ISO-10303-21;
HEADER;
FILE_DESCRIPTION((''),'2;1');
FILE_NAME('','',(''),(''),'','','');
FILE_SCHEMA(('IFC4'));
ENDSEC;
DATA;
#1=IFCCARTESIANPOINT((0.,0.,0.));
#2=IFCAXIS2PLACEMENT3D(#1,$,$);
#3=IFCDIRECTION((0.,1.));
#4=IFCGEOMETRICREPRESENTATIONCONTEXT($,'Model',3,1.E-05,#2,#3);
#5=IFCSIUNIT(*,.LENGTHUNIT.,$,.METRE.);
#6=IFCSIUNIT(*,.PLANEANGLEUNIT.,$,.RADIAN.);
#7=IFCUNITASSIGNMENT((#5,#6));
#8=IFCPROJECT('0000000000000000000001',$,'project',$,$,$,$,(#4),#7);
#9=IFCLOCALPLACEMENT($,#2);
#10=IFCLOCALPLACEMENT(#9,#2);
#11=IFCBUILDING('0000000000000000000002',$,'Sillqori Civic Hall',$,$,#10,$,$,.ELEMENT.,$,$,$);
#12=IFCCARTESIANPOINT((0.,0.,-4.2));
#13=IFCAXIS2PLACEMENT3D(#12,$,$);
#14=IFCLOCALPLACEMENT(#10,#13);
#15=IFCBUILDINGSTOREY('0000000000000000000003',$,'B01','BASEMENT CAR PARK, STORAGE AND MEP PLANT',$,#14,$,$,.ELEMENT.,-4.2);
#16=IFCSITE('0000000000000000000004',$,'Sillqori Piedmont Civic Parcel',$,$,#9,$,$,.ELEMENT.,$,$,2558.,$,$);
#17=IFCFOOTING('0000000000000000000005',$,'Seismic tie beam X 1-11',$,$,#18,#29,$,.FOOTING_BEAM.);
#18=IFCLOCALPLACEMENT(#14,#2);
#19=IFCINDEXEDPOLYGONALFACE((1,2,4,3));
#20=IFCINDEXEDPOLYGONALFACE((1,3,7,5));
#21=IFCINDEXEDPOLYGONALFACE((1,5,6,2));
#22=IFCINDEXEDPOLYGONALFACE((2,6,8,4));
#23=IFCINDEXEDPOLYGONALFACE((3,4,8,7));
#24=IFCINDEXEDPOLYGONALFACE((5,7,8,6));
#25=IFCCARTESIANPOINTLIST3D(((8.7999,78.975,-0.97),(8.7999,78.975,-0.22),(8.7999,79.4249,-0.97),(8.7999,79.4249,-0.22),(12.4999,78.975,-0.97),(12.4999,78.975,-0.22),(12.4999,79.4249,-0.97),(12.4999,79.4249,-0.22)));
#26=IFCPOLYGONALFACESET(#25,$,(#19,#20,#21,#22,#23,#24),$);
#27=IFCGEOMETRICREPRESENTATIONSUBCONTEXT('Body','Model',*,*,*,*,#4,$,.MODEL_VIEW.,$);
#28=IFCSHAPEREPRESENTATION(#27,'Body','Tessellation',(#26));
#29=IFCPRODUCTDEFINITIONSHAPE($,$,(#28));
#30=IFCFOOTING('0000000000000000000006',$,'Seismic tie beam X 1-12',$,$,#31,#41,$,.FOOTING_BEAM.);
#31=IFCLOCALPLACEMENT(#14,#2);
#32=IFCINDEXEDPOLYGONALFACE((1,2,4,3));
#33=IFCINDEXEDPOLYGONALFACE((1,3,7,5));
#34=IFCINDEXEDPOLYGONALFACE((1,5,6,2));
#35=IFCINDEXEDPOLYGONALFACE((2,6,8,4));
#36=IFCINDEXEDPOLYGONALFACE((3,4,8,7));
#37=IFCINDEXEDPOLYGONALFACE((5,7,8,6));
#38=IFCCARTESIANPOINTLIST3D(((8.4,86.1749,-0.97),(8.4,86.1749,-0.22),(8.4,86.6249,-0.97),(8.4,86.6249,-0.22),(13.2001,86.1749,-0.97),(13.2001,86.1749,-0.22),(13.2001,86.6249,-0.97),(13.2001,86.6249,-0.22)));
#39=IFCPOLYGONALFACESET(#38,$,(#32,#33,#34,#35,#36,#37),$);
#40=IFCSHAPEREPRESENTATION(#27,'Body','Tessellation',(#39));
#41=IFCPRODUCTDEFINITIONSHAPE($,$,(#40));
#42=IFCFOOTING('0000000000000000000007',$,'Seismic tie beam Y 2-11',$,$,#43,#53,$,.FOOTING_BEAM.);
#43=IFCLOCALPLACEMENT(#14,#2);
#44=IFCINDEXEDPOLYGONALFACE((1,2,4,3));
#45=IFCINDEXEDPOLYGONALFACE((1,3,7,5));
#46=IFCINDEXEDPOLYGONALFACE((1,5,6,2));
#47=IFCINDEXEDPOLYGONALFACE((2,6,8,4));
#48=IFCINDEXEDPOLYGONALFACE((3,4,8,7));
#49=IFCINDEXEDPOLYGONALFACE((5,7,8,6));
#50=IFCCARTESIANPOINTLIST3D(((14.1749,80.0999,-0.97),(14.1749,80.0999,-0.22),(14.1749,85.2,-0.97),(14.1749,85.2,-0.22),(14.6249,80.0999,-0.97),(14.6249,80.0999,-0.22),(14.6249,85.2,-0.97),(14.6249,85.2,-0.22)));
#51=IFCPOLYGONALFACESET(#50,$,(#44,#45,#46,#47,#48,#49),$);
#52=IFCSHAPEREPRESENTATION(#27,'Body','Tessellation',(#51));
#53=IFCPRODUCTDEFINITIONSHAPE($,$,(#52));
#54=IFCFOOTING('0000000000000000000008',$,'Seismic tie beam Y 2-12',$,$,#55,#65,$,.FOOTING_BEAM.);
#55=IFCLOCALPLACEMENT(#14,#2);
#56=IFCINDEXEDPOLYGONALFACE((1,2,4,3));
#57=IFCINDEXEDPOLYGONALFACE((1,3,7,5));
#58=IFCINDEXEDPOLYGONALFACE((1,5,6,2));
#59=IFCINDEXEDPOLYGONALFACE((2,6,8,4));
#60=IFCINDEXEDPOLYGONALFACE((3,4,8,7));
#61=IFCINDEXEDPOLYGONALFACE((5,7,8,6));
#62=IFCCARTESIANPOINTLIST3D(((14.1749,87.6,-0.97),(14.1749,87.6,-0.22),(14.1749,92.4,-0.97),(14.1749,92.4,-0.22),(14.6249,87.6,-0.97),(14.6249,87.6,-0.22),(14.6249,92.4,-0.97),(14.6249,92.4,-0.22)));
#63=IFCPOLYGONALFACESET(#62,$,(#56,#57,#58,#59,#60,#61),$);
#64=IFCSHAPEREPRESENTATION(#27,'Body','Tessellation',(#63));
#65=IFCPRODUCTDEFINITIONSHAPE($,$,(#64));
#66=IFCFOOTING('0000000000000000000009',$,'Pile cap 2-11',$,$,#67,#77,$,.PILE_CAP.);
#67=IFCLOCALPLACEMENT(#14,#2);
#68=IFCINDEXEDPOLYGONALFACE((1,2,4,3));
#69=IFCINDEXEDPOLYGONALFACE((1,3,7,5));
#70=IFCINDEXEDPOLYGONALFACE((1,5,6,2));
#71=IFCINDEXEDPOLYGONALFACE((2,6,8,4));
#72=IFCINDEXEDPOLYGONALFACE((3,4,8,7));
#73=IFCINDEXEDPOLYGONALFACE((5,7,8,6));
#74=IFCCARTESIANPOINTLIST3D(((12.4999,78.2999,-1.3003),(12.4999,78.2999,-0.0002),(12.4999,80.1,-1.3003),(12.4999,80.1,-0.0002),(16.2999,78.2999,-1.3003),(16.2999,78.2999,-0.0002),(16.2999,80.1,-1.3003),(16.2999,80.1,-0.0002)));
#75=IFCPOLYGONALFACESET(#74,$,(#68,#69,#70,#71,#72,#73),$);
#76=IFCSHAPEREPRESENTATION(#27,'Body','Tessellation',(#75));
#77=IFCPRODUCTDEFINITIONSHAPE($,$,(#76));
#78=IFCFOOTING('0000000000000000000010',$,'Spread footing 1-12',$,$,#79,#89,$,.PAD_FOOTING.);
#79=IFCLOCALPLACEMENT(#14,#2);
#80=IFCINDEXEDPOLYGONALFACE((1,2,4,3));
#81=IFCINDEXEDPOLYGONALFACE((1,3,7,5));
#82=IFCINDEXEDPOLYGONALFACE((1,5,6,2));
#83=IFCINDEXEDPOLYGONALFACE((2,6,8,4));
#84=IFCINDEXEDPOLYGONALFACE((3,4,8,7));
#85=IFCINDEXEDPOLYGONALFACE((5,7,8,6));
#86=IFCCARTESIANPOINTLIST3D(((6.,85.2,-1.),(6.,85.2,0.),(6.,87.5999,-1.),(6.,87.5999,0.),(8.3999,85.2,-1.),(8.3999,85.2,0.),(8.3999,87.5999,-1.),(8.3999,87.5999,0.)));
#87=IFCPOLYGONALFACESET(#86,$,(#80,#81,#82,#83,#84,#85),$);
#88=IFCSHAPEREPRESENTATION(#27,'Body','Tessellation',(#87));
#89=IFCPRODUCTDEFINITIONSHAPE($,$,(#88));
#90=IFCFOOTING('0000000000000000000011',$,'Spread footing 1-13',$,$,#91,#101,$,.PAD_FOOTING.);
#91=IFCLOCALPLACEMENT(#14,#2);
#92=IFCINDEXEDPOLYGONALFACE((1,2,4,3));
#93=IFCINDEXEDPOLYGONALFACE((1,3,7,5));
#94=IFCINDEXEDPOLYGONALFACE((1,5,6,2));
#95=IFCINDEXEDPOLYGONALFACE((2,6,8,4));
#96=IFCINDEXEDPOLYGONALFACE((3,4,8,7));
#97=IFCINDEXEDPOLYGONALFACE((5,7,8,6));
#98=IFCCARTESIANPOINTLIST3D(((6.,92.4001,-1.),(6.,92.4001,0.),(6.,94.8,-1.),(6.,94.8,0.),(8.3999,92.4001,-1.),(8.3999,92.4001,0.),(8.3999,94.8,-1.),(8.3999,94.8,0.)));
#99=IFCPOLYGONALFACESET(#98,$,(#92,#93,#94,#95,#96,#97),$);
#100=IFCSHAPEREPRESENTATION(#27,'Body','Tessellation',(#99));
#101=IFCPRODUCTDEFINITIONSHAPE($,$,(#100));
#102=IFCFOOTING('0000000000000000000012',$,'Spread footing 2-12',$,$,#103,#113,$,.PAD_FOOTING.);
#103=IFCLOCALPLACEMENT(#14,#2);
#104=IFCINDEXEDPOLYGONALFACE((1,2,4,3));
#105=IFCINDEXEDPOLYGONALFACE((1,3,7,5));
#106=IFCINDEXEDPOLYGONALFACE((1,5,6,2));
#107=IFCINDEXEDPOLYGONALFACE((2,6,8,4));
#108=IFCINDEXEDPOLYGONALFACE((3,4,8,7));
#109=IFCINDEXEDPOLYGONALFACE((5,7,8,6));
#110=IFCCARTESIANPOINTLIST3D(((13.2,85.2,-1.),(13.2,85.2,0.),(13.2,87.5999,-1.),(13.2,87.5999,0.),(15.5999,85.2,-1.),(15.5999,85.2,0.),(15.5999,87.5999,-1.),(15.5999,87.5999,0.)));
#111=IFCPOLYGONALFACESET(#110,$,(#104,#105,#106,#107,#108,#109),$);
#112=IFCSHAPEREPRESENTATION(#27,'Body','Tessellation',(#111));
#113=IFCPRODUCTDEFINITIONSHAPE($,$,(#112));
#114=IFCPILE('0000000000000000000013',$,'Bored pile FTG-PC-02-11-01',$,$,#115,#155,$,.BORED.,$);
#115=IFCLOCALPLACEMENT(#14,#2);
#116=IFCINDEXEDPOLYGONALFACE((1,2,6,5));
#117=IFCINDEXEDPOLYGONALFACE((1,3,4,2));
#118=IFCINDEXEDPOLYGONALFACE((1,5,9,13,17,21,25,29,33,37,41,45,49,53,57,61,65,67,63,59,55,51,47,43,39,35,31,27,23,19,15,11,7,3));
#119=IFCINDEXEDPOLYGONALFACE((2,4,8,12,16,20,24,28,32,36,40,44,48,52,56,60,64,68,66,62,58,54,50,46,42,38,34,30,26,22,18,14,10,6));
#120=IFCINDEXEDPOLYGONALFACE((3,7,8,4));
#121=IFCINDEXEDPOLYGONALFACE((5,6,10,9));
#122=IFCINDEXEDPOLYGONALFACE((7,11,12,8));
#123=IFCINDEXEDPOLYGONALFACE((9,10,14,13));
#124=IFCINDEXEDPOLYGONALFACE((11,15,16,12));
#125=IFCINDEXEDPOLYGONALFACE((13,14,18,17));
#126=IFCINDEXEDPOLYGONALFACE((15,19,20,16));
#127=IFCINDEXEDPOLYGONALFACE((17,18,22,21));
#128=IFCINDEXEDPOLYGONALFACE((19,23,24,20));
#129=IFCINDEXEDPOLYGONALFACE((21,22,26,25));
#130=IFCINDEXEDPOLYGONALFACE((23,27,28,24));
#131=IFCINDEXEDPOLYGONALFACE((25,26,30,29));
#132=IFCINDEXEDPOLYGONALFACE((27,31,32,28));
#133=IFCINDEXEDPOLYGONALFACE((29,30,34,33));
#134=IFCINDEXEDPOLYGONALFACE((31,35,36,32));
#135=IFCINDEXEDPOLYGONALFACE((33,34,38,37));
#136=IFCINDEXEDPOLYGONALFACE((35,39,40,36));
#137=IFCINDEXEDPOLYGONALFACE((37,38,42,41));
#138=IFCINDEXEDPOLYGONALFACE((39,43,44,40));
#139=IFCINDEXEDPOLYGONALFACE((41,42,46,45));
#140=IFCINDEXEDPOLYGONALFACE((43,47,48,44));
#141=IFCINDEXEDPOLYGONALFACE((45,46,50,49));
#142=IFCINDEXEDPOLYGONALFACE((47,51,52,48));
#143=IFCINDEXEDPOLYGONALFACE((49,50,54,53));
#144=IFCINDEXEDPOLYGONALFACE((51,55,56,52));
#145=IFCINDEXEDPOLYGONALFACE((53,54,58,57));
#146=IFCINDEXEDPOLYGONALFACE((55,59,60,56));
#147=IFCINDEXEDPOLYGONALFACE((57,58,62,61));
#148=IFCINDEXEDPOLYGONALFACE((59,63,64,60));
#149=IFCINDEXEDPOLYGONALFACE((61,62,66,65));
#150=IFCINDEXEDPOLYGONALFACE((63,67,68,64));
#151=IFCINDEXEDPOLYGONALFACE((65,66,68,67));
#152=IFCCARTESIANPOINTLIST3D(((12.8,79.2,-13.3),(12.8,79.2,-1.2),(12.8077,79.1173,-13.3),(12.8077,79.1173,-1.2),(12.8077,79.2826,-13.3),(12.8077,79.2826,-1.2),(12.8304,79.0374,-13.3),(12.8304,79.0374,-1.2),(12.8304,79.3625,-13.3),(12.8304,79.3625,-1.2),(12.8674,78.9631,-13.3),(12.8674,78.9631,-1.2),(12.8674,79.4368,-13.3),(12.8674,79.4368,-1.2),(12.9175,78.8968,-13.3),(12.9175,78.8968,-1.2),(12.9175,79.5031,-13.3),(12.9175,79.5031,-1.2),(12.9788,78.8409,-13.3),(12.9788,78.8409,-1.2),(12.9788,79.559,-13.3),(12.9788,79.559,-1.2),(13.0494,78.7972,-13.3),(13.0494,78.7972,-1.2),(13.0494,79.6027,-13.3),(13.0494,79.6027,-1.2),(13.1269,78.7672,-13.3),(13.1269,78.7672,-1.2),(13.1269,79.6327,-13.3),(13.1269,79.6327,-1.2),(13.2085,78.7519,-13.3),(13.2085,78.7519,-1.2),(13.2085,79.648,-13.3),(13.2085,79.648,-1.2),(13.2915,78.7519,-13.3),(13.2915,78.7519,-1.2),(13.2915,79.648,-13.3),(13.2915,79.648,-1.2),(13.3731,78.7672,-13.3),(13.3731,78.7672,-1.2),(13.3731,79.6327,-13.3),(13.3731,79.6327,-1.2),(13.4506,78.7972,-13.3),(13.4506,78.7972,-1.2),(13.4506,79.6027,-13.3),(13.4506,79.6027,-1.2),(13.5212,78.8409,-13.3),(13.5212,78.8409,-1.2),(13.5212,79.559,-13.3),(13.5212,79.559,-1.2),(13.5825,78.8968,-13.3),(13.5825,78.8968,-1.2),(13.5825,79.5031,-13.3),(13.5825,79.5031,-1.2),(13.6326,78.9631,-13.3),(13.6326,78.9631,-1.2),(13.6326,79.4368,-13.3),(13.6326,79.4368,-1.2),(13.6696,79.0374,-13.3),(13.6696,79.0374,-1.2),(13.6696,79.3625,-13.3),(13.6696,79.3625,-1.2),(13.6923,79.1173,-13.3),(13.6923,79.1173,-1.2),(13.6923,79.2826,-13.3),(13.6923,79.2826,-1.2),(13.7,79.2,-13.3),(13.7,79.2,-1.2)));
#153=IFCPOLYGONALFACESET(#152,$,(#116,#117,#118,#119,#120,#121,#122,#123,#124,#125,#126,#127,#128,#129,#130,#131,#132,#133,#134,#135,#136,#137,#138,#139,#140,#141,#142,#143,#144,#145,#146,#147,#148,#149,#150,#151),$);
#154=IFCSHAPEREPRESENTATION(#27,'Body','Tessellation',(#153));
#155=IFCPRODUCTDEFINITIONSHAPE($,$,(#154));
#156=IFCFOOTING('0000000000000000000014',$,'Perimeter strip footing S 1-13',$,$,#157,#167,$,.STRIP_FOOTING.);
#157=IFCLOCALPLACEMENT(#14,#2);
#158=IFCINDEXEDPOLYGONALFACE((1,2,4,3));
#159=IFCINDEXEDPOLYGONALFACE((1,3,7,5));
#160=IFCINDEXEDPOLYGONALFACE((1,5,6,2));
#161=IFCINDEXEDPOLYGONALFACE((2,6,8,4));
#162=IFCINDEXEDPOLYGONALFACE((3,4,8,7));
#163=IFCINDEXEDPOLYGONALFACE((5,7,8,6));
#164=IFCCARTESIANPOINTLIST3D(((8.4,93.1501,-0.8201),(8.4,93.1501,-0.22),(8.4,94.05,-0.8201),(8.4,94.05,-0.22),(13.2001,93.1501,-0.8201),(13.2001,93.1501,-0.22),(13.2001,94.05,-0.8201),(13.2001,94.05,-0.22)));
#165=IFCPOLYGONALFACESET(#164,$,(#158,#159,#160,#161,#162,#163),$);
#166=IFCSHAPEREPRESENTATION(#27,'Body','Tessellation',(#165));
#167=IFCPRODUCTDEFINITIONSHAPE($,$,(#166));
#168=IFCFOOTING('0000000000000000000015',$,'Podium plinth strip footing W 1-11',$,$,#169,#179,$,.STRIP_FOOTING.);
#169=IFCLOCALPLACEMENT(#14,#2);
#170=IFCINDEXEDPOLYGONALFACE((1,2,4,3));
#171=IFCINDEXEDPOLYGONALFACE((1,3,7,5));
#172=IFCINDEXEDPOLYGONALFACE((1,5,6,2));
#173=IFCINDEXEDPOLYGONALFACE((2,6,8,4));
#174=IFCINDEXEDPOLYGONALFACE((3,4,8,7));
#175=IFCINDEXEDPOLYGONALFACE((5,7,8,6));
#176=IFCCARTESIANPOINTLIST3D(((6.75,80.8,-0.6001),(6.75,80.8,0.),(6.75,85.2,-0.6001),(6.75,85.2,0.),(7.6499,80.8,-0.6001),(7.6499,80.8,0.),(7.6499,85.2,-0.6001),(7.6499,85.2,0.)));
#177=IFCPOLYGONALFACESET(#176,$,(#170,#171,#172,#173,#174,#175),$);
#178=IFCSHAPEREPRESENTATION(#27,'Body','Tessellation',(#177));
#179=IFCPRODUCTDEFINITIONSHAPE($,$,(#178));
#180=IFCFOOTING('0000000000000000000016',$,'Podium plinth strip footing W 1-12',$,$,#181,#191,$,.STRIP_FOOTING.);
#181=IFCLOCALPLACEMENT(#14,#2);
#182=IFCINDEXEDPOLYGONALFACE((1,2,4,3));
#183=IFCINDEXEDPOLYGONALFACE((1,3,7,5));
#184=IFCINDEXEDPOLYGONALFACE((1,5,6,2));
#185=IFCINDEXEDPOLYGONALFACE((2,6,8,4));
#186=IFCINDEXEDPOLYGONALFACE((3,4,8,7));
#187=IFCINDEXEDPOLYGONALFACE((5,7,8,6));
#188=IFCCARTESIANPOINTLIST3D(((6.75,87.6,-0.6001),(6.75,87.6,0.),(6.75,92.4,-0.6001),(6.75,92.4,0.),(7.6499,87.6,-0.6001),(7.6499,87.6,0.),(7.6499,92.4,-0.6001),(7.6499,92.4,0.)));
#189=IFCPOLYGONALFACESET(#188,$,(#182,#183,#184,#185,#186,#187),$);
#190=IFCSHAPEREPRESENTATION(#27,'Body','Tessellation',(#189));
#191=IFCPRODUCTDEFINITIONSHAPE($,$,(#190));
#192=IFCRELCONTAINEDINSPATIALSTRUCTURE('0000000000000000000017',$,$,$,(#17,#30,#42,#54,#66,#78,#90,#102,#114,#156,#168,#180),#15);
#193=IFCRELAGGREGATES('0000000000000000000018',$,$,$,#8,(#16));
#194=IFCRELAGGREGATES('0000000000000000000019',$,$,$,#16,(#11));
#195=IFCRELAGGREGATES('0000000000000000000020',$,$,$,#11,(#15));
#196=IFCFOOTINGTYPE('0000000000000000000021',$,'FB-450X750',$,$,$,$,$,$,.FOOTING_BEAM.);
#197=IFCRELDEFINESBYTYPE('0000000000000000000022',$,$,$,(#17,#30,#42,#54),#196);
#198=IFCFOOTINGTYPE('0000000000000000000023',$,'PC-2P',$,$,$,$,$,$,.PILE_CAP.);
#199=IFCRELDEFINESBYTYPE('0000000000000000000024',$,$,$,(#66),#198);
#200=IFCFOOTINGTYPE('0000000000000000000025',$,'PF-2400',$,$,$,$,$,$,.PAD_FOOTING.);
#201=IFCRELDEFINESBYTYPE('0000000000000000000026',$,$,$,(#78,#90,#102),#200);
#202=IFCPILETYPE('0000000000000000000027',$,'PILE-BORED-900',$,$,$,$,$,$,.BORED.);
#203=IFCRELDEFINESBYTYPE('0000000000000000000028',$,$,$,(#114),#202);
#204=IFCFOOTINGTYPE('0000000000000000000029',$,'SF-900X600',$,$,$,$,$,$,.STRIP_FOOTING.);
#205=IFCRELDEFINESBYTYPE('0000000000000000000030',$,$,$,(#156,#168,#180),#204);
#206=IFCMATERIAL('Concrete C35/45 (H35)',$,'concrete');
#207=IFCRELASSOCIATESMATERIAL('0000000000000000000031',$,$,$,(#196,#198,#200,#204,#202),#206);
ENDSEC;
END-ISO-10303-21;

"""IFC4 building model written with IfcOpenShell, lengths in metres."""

from ifc_helpers import new_model, si_unit, direction, frame, origin, origin_2d, place, context, subcontext, project, spatial, rectangle, circle, extrude, material, material_profile, profile_set, type_object, element, save


model = new_model("IFC4")

# Units and contexts
model_context = context("Model", 3, precision=1e-05, world=origin(), true_north=direction((0.0, 1.0)))
body_context = subcontext(model_context, "Body", "Model", "MODEL_VIEW")
ifc_project = project(units=[si_unit("LENGTHUNIT", "METRE"), si_unit("PLANEANGLEUNIT", "RADIAN")], contexts=[model_context])

# Site, building, storey
site_placement = place(None, origin())
site = spatial("IfcSite", under=ifc_project, at=site_placement, Name="Sillqori Piedmont Civic Parcel", CompositionType="ELEMENT", RefElevation=2558.0)
building_placement = place(site_placement, origin())
building = spatial("IfcBuilding", under=site, at=building_placement, Name="Sillqori Civic Hall", CompositionType="ELEMENT")
storey_placement = place(building_placement, frame((0.0, 0.0, -4.2)))
storey = spatial("IfcBuildingStorey", under=building, at=storey_placement, Name="B01", Description="BASEMENT CAR PARK, STORAGE AND MEP PLANT", CompositionType="ELEMENT", Elevation=-4.2)

# Footings
ifc_material_1 = material(Name="Concrete C35/45 (H35)", Category="concrete")
footing_type_1 = type_object("IfcFootingType", Name="FB-450X750", PredefinedType="FOOTING_BEAM", material=ifc_material_1)
footing_1_placement = place(storey_placement, frame((10.6499, 79.2, -0.97), z_axis=(0.0, 0.0, 1.0), x_axis=(1.0, 0.0, 0.0)))
element("IfcFooting", 1, at=footing_1_placement, inside=storey, type_object=footing_type_1, Name="Seismic tie beam X 1-11", PredefinedType="FOOTING_BEAM", context=body_context, shape_type="SweptSolid", body=[
    extrude(rectangle(XDim=3.7, YDim=0.45, at=origin_2d()), origin(), (0.0, 0.0, 1.0), 0.75),
])
footing_2_placement = place(storey_placement, frame((10.8, 86.3999, -0.97), z_axis=(0.0, 0.0, 1.0), x_axis=(1.0, 0.0, 0.0)))
element("IfcFooting", 2, at=footing_2_placement, inside=storey, type_object=footing_type_1, Name="Seismic tie beam X 1-12", PredefinedType="FOOTING_BEAM", context=body_context, shape_type="SweptSolid", body=[
    extrude(rectangle(XDim=4.8, YDim=0.45, at=origin_2d()), origin(), (0.0, 0.0, 1.0), 0.75),
])
footing_3_placement = place(storey_placement, frame((14.3999, 82.6499, -0.97), z_axis=(0.0, 0.0, 1.0), x_axis=(1.0, 0.0, 0.0)))
element("IfcFooting", 3, at=footing_3_placement, inside=storey, type_object=footing_type_1, Name="Seismic tie beam Y 2-11", PredefinedType="FOOTING_BEAM", context=body_context, shape_type="SweptSolid", body=[
    extrude(rectangle(XDim=0.45, YDim=5.1001, at=origin_2d()), origin(), (0.0, 0.0, 1.0), 0.75),
])
footing_4_placement = place(storey_placement, frame((14.3999, 90.0, -0.97), z_axis=(0.0, 0.0, 1.0), x_axis=(1.0, 0.0, 0.0)))
element("IfcFooting", 4, at=footing_4_placement, inside=storey, type_object=footing_type_1, Name="Seismic tie beam Y 2-12", PredefinedType="FOOTING_BEAM", context=body_context, shape_type="SweptSolid", body=[
    extrude(rectangle(XDim=0.45, YDim=4.8, at=origin_2d()), origin(), (0.0, 0.0, 1.0), 0.75),
])
footing_type_2 = type_object("IfcFootingType", Name="PC-2P", PredefinedType="PILE_CAP", material=ifc_material_1)
footing_5_placement = place(storey_placement, frame((14.3999, 79.2, -1.3003), z_axis=(0.0, 0.0, 1.0), x_axis=(1.0, 0.0, 0.0)))
element("IfcFooting", 5, at=footing_5_placement, inside=storey, type_object=footing_type_2, Name="Pile cap 2-11", PredefinedType="PILE_CAP", context=body_context, shape_type="SweptSolid", body=[
    extrude(rectangle(XDim=3.8, YDim=1.8, at=origin_2d()), origin(), (0.0, 0.0, 1.0), 1.3),
])
footing_type_3 = type_object("IfcFootingType", Name="PF-2400", PredefinedType="PAD_FOOTING", material=ifc_material_1)
for number, where, z_axis, x_axis, name in (
    (6, (7.2, 86.3999, -1.0), (0.0, 0.0, 1.0), (1.0, 0.0, 0.0), "Spread footing 1-12"),
    (7, (7.2, 93.6001, -1.0), (0.0, 0.0, 1.0), (1.0, 0.0, 0.0), "Spread footing 1-13"),
    (8, (14.3999, 86.3999, -1.0), (0.0, 0.0, 1.0), (1.0, 0.0, 0.0), "Spread footing 2-12"),
):
    element("IfcFooting", number, at=place(storey_placement, frame(where, z_axis=z_axis, x_axis=x_axis)), inside=storey, type_object=footing_type_3, Name=name, PredefinedType="PAD_FOOTING", context=body_context, shape_type="SweptSolid", body=[
        extrude(rectangle(XDim=2.3999, YDim=2.3999, at=origin_2d()), origin(), (0.0, 0.0, 1.0), 1.0),
    ])

# Pile
ifc_material_profile_1 = material_profile(ifc_material_1, circle(Radius=0.45, at=origin_2d()), Name="BORED PILE 900")
ifc_profile_set_1 = profile_set([ifc_material_profile_1], Name="Concrete C35/45 (H35)")
pile_type = type_object("IfcPileType", Name="PILE-BORED-900", PredefinedType="BORED", material=ifc_profile_set_1)
pile_placement = place(storey_placement, frame((13.25, 79.2, -1.2), z_axis=(0.0, 0.0, -1.0), x_axis=(1.0, 0.0, 0.0)))
element("IfcPile", 9, at=pile_placement, inside=storey, type_object=pile_type, Name="Bored pile FTG-PC-02-11-01", PredefinedType="BORED", context=body_context, shape_type="SweptSolid", body=[
    extrude(circle(Radius=0.45, at=origin_2d()), origin(), (0.0, 0.0, 1.0), 12.1001),
])

# Footings
footing_type_4 = type_object("IfcFootingType", Name="SF-900X600", PredefinedType="STRIP_FOOTING", material=ifc_material_1)
footing_6_placement = place(storey_placement, frame((10.8, 93.6001, -0.8201), z_axis=(0.0, 0.0, 1.0), x_axis=(1.0, 0.0, 0.0)))
element("IfcFooting", 10, at=footing_6_placement, inside=storey, type_object=footing_type_4, Name="Perimeter strip footing S 1-13", PredefinedType="STRIP_FOOTING", context=body_context, shape_type="SweptSolid", body=[
    extrude(rectangle(XDim=4.8, YDim=0.8999, at=origin_2d()), origin(), (0.0, 0.0, 1.0), 0.6001),
])
footing_7_placement = place(storey_placement, frame((7.2, 83.0, -0.6001), z_axis=(0.0, 0.0, 1.0), x_axis=(1.0, 0.0, 0.0)))
element("IfcFooting", 11, at=footing_7_placement, inside=storey, type_object=footing_type_4, Name="Podium plinth strip footing W 1-11", PredefinedType="STRIP_FOOTING", context=body_context, shape_type="SweptSolid", body=[
    extrude(rectangle(XDim=0.8999, YDim=4.3999, at=origin_2d()), origin(), (0.0, 0.0, 1.0), 0.6001),
])
footing_8_placement = place(storey_placement, frame((7.2, 90.0, -0.6001), z_axis=(0.0, 0.0, 1.0), x_axis=(1.0, 0.0, 0.0)))
element("IfcFooting", 12, at=footing_8_placement, inside=storey, type_object=footing_type_4, Name="Podium plinth strip footing W 1-12", PredefinedType="STRIP_FOOTING", context=body_context, shape_type="SweptSolid", body=[
    extrude(rectangle(XDim=0.8999, YDim=4.8, at=origin_2d()), origin(), (0.0, 0.0, 1.0), 0.6001),
])

save(model, "model.ifc")
